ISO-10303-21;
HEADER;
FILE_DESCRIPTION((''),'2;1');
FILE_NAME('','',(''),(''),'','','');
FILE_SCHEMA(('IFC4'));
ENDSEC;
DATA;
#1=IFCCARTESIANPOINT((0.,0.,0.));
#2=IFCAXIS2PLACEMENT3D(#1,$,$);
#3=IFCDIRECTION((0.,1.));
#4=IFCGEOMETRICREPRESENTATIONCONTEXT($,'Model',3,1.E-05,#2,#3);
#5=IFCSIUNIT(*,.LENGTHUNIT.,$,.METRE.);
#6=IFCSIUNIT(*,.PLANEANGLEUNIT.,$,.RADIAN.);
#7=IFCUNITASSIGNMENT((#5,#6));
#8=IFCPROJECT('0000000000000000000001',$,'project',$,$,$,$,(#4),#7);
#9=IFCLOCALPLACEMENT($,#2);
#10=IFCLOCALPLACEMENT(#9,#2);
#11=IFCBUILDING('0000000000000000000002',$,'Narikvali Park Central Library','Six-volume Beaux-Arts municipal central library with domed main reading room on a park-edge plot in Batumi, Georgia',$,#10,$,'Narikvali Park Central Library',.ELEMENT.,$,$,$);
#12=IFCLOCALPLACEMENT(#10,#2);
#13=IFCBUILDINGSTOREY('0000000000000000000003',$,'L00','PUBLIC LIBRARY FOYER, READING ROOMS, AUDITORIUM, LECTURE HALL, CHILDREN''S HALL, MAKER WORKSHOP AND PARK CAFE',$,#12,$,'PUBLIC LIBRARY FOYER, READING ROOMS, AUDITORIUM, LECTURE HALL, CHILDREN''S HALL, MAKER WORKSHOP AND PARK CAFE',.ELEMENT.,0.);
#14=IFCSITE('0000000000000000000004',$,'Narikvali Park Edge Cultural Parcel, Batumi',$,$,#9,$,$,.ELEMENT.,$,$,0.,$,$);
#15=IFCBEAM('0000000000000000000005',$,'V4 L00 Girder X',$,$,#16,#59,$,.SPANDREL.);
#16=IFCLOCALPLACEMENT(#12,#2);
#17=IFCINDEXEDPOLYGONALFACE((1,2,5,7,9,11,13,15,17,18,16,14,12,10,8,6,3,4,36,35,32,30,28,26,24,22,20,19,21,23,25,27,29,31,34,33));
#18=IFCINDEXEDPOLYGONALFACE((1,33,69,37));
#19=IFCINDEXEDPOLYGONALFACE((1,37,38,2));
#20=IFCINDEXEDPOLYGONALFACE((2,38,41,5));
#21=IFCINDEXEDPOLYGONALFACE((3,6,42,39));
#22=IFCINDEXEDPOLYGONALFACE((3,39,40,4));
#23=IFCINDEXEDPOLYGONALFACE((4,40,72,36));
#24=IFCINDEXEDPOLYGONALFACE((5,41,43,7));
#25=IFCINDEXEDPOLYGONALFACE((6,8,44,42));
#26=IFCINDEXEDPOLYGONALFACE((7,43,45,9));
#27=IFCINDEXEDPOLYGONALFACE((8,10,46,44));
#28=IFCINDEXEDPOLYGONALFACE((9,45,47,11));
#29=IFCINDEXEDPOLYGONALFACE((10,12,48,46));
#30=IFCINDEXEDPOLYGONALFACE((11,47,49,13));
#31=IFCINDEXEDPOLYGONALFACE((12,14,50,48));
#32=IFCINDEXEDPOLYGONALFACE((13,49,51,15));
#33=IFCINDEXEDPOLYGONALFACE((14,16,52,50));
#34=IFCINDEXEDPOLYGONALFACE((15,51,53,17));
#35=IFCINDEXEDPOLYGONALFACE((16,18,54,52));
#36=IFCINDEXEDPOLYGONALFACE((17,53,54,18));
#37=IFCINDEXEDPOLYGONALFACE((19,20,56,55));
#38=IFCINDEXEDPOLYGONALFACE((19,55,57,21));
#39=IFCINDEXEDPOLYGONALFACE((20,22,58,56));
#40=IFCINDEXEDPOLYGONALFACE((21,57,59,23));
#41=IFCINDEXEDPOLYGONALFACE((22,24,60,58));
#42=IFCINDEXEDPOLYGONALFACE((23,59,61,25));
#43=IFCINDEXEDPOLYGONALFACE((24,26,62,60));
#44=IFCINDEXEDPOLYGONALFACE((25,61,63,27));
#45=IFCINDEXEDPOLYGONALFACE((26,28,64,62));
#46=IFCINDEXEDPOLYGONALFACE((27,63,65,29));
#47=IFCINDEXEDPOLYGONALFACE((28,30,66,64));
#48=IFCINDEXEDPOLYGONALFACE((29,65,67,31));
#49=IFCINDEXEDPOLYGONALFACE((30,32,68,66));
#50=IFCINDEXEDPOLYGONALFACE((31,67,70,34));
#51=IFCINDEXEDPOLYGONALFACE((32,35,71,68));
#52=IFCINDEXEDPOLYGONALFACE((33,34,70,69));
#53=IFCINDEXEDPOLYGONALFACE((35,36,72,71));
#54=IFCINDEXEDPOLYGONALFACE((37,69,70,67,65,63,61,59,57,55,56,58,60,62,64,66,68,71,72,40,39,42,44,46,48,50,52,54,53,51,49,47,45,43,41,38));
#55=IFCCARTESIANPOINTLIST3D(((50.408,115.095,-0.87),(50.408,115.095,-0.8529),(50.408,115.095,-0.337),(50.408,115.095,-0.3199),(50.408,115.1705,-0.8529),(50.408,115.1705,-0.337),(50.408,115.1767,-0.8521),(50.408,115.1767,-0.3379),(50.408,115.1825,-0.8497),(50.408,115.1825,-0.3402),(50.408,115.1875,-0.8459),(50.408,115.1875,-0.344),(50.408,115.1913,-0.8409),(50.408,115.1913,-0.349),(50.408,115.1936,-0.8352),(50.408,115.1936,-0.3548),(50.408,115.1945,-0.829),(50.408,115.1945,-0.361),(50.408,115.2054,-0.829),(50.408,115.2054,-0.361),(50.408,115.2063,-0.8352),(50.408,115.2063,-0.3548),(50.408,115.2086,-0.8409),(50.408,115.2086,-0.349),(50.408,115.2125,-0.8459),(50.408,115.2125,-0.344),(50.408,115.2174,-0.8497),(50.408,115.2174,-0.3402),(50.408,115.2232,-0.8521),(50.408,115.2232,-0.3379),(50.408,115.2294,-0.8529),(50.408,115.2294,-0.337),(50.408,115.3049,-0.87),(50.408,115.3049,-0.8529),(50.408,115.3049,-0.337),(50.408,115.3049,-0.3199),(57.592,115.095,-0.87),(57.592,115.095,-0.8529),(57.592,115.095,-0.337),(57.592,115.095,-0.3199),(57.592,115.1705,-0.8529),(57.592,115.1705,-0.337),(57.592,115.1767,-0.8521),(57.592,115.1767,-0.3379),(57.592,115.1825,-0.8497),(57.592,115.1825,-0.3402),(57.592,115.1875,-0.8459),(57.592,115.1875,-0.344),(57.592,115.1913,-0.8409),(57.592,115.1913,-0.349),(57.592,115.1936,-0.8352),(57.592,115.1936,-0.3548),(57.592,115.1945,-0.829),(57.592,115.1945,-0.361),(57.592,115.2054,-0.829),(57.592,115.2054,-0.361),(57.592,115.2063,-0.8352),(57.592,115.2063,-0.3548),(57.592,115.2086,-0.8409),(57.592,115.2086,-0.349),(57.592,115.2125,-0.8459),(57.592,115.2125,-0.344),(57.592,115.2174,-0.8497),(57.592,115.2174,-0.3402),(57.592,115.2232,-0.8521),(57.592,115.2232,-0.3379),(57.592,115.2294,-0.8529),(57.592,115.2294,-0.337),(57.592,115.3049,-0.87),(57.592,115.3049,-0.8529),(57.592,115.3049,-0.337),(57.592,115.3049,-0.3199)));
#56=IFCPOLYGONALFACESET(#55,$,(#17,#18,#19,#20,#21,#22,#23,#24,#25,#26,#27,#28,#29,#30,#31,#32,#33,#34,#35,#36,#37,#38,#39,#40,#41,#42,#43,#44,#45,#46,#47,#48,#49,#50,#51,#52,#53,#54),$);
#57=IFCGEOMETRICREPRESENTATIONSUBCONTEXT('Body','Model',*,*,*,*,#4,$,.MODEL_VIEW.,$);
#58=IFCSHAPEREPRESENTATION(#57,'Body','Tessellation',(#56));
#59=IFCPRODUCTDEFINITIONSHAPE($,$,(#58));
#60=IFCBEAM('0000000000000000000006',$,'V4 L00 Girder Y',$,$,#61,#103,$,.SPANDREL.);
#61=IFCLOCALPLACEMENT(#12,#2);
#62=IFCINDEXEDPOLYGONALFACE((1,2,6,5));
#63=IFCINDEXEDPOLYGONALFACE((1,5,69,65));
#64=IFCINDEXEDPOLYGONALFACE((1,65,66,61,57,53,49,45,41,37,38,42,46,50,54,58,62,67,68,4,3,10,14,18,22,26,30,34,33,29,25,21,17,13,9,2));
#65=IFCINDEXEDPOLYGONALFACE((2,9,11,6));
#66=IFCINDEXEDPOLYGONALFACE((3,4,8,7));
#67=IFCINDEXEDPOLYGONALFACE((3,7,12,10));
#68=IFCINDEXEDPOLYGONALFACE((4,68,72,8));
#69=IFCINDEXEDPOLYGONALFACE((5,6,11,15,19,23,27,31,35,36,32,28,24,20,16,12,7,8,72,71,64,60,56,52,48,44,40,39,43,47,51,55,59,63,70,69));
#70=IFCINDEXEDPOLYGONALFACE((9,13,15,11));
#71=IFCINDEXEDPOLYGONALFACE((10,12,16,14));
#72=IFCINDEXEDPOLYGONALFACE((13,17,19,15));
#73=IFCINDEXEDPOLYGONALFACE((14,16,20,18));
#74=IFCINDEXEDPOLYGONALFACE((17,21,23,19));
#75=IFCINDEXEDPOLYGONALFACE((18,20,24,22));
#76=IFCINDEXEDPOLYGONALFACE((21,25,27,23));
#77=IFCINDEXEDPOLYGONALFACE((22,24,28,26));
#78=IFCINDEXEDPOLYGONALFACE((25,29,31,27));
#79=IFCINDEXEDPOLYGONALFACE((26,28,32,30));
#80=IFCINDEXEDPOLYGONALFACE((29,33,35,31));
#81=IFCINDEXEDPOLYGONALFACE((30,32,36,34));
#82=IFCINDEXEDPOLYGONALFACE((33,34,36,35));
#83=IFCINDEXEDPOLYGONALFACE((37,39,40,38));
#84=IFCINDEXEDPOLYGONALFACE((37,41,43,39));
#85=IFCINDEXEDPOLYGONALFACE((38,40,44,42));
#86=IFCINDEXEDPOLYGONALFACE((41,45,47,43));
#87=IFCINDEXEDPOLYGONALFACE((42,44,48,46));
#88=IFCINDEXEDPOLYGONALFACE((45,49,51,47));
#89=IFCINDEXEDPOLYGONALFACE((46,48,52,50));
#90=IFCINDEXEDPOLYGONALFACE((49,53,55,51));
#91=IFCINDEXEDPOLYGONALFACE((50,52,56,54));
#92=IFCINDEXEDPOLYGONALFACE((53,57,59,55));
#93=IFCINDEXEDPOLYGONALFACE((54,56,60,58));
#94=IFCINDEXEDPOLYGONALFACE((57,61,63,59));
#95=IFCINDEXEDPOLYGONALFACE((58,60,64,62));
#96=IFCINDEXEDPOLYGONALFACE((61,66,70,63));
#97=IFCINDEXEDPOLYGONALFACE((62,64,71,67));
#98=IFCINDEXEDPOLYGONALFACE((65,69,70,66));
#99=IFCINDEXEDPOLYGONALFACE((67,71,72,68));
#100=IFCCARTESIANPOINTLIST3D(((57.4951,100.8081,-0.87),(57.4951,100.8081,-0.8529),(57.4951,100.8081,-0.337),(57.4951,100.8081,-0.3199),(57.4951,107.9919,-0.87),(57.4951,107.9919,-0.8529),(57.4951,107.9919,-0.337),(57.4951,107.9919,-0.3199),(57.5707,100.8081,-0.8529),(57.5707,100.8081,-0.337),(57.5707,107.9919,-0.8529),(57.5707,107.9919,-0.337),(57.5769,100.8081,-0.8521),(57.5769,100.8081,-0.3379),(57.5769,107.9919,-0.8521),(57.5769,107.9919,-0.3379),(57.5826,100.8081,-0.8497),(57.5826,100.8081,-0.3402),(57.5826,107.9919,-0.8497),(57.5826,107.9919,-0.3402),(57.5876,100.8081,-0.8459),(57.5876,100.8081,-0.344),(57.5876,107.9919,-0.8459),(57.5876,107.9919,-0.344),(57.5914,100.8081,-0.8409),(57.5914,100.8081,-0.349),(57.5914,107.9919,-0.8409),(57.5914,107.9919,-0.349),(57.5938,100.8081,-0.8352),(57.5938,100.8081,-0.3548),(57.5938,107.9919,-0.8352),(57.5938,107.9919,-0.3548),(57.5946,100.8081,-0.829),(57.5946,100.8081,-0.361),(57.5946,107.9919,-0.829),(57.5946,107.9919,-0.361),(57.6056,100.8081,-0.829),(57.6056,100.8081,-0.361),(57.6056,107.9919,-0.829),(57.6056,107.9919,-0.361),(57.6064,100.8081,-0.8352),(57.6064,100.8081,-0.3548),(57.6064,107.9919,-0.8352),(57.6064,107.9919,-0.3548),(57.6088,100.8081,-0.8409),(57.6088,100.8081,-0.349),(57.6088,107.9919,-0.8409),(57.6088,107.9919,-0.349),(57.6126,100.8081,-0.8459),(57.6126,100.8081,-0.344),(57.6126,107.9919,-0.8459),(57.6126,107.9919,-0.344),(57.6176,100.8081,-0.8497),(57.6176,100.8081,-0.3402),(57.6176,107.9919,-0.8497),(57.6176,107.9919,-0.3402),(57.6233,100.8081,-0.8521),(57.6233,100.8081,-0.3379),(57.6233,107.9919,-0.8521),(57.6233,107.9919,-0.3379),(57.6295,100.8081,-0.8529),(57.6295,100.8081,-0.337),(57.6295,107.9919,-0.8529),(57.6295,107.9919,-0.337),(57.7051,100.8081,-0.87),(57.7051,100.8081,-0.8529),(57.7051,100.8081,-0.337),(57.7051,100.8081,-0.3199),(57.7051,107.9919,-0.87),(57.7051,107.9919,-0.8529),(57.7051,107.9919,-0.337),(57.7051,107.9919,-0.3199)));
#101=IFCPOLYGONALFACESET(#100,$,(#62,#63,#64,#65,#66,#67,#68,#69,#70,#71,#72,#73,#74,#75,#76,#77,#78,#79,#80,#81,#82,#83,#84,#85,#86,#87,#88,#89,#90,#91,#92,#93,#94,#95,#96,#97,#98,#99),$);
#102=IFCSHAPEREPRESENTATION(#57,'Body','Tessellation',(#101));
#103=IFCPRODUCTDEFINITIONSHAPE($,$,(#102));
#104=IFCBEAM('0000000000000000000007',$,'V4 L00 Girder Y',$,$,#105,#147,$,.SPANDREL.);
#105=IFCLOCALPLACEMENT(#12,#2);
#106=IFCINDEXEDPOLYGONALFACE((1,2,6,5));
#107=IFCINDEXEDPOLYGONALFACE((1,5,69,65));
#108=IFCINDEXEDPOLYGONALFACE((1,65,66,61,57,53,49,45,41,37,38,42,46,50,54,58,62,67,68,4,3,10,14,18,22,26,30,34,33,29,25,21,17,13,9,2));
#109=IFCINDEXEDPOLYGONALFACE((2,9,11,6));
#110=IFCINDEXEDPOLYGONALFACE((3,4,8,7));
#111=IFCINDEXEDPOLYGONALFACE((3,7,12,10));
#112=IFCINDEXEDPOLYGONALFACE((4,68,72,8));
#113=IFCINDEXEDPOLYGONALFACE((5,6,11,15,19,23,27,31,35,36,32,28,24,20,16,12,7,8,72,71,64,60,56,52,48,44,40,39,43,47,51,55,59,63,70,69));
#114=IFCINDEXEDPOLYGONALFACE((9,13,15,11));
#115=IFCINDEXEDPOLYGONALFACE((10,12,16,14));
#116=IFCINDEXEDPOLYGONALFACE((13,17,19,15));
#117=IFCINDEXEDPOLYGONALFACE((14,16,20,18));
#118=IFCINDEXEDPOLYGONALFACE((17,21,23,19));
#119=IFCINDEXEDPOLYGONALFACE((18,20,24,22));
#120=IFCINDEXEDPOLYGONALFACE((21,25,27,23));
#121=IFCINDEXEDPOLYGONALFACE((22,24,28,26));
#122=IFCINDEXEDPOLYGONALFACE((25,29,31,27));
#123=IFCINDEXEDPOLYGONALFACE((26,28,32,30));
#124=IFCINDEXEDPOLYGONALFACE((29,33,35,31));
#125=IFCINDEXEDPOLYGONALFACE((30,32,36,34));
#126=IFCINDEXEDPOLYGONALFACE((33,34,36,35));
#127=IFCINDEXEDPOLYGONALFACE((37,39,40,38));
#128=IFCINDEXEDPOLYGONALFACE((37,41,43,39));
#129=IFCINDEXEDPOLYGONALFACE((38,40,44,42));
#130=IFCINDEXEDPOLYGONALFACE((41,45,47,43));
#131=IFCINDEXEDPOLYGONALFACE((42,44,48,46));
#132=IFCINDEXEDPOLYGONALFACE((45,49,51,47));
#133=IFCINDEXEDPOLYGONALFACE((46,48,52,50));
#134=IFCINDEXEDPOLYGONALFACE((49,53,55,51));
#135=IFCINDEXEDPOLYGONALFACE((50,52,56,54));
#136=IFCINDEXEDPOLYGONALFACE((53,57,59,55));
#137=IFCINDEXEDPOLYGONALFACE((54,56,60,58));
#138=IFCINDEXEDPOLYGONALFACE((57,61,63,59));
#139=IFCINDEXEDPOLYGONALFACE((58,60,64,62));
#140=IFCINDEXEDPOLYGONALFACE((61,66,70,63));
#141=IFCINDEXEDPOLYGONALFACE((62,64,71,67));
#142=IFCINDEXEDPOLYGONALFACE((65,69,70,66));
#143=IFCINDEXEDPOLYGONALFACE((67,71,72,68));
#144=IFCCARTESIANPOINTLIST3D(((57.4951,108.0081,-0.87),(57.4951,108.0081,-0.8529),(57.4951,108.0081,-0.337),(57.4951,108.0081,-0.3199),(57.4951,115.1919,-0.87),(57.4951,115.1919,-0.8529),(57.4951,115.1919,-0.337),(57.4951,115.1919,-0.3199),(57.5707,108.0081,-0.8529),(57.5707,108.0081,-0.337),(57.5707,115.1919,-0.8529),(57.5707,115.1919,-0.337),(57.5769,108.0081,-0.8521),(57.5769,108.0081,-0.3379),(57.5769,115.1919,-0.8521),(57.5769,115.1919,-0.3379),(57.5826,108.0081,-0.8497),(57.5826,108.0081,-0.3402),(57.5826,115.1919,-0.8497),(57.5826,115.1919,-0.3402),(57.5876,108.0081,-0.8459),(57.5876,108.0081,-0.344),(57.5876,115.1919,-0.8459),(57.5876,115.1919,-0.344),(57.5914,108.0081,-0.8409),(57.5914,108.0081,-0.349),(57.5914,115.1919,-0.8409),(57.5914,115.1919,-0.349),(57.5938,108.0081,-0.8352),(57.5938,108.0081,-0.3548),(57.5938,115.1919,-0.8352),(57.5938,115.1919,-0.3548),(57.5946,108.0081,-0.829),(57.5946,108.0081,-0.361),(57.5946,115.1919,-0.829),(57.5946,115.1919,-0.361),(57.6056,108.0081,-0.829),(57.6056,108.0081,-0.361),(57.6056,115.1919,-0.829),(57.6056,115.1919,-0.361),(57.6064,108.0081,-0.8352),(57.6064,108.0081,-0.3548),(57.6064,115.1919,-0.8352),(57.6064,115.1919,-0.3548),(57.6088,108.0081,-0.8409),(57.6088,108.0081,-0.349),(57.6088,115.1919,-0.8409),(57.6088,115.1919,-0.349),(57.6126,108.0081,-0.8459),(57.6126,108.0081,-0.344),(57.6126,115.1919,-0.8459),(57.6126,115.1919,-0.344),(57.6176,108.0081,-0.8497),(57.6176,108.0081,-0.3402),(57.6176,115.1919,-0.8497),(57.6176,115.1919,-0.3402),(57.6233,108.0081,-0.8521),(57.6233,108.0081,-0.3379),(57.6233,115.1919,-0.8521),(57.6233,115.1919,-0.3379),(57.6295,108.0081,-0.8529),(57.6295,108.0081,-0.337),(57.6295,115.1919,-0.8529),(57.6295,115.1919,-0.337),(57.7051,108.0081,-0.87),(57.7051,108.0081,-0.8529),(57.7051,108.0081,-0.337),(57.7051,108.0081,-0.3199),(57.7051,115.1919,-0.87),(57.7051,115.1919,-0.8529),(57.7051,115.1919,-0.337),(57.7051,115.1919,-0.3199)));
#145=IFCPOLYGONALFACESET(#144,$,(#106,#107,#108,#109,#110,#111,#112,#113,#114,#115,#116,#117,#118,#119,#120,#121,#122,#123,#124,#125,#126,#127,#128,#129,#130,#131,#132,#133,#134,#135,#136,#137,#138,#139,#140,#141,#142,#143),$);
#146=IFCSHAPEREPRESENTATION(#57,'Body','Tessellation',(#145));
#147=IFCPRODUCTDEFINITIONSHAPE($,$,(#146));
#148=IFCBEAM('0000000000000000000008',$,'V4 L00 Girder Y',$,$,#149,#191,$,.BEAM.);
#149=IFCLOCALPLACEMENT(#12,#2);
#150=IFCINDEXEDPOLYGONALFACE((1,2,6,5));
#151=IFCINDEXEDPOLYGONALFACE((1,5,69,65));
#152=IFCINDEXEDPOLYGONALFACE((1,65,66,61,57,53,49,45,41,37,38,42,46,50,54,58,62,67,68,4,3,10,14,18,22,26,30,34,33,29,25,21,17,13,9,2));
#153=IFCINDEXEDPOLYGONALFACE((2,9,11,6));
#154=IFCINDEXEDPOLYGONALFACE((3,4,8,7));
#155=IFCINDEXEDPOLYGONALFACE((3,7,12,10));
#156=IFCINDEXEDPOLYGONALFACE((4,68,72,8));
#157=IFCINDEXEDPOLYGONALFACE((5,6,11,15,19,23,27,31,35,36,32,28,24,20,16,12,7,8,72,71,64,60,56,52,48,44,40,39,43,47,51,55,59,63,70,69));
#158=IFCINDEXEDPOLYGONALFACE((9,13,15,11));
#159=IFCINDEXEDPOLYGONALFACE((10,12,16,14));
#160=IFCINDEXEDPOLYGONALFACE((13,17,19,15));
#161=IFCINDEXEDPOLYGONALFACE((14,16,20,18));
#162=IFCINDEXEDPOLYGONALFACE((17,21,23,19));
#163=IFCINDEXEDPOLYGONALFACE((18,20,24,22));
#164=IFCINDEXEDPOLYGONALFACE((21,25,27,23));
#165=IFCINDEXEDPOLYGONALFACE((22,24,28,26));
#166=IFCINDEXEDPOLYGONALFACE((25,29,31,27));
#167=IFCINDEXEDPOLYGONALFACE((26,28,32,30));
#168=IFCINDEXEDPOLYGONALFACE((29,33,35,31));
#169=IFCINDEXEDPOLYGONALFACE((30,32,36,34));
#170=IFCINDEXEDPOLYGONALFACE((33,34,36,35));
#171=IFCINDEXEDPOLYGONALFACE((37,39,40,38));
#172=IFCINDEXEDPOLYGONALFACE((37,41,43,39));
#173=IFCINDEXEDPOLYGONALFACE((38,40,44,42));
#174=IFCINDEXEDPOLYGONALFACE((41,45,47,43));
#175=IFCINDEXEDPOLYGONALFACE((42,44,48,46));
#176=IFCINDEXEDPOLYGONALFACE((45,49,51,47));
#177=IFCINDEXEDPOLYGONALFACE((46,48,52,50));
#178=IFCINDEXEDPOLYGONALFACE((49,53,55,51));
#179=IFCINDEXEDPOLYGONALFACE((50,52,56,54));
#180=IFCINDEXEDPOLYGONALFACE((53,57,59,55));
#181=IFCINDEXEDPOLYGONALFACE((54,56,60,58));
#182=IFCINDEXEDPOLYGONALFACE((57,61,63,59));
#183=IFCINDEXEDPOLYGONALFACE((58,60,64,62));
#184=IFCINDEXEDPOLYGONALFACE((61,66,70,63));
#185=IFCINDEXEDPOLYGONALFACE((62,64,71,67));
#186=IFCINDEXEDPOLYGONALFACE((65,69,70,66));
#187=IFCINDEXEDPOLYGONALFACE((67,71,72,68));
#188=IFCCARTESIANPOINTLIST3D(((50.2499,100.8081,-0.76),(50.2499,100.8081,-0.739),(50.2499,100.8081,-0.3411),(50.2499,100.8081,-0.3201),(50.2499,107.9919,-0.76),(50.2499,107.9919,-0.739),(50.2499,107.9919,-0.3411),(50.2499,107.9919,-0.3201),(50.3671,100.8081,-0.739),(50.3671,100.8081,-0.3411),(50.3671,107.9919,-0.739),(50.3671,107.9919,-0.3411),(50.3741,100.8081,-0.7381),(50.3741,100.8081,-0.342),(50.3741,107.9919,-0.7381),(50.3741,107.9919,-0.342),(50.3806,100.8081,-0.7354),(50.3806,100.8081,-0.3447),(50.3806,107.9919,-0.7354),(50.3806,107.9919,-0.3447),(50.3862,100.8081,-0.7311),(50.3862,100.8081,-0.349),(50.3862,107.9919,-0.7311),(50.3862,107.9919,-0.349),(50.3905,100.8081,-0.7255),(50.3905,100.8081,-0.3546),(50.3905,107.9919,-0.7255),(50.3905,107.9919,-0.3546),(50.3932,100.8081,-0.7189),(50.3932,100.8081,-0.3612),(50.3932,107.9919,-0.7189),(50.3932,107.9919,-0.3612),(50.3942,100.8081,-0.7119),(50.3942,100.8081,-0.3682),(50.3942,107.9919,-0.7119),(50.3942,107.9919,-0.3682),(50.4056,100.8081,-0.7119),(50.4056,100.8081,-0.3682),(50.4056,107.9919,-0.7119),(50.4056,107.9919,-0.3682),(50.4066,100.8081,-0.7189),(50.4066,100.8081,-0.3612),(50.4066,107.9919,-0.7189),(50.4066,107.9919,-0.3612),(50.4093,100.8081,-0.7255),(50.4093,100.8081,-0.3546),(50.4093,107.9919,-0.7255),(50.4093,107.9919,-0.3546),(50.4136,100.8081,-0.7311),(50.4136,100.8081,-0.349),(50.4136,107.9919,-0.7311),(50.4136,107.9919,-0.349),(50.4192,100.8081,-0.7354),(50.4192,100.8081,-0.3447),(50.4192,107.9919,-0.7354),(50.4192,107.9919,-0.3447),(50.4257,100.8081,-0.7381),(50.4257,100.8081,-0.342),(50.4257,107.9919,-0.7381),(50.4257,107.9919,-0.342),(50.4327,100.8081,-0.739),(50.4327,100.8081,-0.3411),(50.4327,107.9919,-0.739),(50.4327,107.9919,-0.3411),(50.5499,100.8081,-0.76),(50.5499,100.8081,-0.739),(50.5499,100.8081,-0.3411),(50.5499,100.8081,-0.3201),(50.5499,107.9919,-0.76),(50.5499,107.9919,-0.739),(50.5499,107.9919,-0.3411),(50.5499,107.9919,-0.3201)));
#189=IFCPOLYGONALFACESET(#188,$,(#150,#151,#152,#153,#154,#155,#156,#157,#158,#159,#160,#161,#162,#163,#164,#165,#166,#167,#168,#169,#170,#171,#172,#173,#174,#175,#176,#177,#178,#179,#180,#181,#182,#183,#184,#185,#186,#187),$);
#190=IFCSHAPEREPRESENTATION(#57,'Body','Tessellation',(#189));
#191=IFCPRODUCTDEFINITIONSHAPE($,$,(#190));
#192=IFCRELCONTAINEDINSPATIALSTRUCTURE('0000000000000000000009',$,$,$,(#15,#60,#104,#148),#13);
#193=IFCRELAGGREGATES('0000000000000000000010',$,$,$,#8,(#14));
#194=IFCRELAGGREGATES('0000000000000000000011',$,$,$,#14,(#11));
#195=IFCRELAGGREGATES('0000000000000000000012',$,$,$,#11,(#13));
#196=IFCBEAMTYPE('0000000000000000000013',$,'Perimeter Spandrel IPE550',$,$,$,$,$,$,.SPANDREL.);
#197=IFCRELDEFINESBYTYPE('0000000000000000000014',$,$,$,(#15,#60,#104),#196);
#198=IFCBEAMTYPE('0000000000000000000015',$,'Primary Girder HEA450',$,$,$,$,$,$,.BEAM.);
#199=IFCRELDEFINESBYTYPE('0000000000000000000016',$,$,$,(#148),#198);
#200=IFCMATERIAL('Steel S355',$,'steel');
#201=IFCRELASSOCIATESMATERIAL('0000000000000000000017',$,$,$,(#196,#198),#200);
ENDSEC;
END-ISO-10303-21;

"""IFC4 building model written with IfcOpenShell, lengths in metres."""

from ifc_helpers import new_model, si_unit, direction, frame, origin, origin_2d, place, context, subcontext, project, spatial, i_section, extrude, material, material_profile, profile_set, type_object, element, save


model = new_model("IFC4")

# Units and contexts
model_context = context("Model", 3, precision=1e-05, world=origin(), true_north=direction((0.0, 1.0)))
body_context = subcontext(model_context, "Body", "Model", "MODEL_VIEW")
ifc_project = project(units=[si_unit("LENGTHUNIT", "METRE"), si_unit("PLANEANGLEUNIT", "RADIAN")], contexts=[model_context])

# Site, building, storey
site_placement = place(None, origin())
site = spatial("IfcSite", under=ifc_project, at=site_placement, Name="Narikvali Park Edge Cultural Parcel, Batumi", CompositionType="ELEMENT", RefElevation=0.0)
building_placement = place(site_placement, origin())
building = spatial("IfcBuilding", under=site, at=building_placement, Name="Narikvali Park Central Library", Description="Six-volume Beaux-Arts municipal central library with domed main reading room on a park-edge plot in Batumi, Georgia", LongName="Narikvali Park Central Library", CompositionType="ELEMENT")
storey_placement = place(building_placement, origin())
storey = spatial("IfcBuildingStorey", under=building, at=storey_placement, Name="L00", Description="PUBLIC LIBRARY FOYER, READING ROOMS, AUDITORIUM, LECTURE HALL, CHILDREN'S HALL, MAKER WORKSHOP AND PARK CAFE", LongName="PUBLIC LIBRARY FOYER, READING ROOMS, AUDITORIUM, LECTURE HALL, CHILDREN'S HALL, MAKER WORKSHOP AND PARK CAFE", CompositionType="ELEMENT", Elevation=0.0)

# Shared definitions
ifc_material_1 = material(Name="Steel S355", Category="steel")

# Beams
ifc_material_profile_1 = material_profile(ifc_material_1, i_section(OverallWidth=0.21, OverallDepth=0.55, WebThickness=0.011, FlangeThickness=0.0171, FilletRadius=0.0239, at=origin_2d()), Name="IPE 550")
ifc_profile_set_1 = profile_set([ifc_material_profile_1], Name="Steel S355")
beam_type_1 = type_object("IfcBeamType", Name="Perimeter Spandrel IPE550", PredefinedType="SPANDREL", material=ifc_profile_set_1)
beam_1_placement = place(storey_placement, frame((50.408, 115.2, -0.595), z_axis=(1.0, 0.0, 0.0), x_axis=(0.0, 1.0, 0.0)))
element("IfcBeam", 1, at=beam_1_placement, inside=storey, type_object=beam_type_1, Name="V4 L00 Girder X", PredefinedType="SPANDREL", context=body_context, shape_type="SweptSolid", body=[
    extrude(i_section(OverallWidth=0.21, OverallDepth=0.55, WebThickness=0.011, FlangeThickness=0.0171, FilletRadius=0.0239, at=origin_2d()), origin(), (0.0, 0.0, 1.0), 7.1841),
])
for number, where, z_axis, x_axis, name in (
    (2, (57.6001, 100.8081, -0.595), (0.0, 1.0, 0.0), (-1.0, 0.0, 0.0), "V4 L00 Girder Y"),
    (3, (57.6001, 108.0081, -0.595), (0.0, 1.0, 0.0), (-1.0, 0.0, 0.0), "V4 L00 Girder Y"),
):
    element("IfcBeam", number, at=place(storey_placement, frame(where, z_axis=z_axis, x_axis=x_axis)), inside=storey, type_object=beam_type_1, Name=name, PredefinedType="SPANDREL", context=body_context, shape_type="SweptSolid", body=[
        extrude(i_section(OverallWidth=0.21, OverallDepth=0.55, WebThickness=0.011, FlangeThickness=0.0171, FilletRadius=0.0239, at=origin_2d()), origin(), (0.0, 0.0, 1.0), 7.1838),
    ])
ifc_material_profile_2 = material_profile(ifc_material_1, i_section(OverallWidth=0.3, OverallDepth=0.4399, WebThickness=0.0115, FlangeThickness=0.021, FilletRadius=0.0271, at=origin_2d()), Name="HEA 450")
ifc_profile_set_2 = profile_set([ifc_material_profile_2], Name="Steel S355")
beam_type_2 = type_object("IfcBeamType", Name="Primary Girder HEA450", PredefinedType="BEAM", material=ifc_profile_set_2)
for number, where, z_axis, x_axis, name in (
    (4, (50.3999, 100.8081, -0.54), (0.0, 1.0, 0.0), (-1.0, 0.0, 0.0), "V4 L00 Girder Y"),
):
    element("IfcBeam", number, at=place(storey_placement, frame(where, z_axis=z_axis, x_axis=x_axis)), inside=storey, type_object=beam_type_2, Name=name, PredefinedType="BEAM", context=body_context, shape_type="SweptSolid", body=[
        extrude(i_section(OverallWidth=0.3, OverallDepth=0.4399, WebThickness=0.0115, FlangeThickness=0.021, FilletRadius=0.0271, at=origin_2d()), origin(), (0.0, 0.0, 1.0), 7.1838),
    ])

save(model, "model.ifc")
